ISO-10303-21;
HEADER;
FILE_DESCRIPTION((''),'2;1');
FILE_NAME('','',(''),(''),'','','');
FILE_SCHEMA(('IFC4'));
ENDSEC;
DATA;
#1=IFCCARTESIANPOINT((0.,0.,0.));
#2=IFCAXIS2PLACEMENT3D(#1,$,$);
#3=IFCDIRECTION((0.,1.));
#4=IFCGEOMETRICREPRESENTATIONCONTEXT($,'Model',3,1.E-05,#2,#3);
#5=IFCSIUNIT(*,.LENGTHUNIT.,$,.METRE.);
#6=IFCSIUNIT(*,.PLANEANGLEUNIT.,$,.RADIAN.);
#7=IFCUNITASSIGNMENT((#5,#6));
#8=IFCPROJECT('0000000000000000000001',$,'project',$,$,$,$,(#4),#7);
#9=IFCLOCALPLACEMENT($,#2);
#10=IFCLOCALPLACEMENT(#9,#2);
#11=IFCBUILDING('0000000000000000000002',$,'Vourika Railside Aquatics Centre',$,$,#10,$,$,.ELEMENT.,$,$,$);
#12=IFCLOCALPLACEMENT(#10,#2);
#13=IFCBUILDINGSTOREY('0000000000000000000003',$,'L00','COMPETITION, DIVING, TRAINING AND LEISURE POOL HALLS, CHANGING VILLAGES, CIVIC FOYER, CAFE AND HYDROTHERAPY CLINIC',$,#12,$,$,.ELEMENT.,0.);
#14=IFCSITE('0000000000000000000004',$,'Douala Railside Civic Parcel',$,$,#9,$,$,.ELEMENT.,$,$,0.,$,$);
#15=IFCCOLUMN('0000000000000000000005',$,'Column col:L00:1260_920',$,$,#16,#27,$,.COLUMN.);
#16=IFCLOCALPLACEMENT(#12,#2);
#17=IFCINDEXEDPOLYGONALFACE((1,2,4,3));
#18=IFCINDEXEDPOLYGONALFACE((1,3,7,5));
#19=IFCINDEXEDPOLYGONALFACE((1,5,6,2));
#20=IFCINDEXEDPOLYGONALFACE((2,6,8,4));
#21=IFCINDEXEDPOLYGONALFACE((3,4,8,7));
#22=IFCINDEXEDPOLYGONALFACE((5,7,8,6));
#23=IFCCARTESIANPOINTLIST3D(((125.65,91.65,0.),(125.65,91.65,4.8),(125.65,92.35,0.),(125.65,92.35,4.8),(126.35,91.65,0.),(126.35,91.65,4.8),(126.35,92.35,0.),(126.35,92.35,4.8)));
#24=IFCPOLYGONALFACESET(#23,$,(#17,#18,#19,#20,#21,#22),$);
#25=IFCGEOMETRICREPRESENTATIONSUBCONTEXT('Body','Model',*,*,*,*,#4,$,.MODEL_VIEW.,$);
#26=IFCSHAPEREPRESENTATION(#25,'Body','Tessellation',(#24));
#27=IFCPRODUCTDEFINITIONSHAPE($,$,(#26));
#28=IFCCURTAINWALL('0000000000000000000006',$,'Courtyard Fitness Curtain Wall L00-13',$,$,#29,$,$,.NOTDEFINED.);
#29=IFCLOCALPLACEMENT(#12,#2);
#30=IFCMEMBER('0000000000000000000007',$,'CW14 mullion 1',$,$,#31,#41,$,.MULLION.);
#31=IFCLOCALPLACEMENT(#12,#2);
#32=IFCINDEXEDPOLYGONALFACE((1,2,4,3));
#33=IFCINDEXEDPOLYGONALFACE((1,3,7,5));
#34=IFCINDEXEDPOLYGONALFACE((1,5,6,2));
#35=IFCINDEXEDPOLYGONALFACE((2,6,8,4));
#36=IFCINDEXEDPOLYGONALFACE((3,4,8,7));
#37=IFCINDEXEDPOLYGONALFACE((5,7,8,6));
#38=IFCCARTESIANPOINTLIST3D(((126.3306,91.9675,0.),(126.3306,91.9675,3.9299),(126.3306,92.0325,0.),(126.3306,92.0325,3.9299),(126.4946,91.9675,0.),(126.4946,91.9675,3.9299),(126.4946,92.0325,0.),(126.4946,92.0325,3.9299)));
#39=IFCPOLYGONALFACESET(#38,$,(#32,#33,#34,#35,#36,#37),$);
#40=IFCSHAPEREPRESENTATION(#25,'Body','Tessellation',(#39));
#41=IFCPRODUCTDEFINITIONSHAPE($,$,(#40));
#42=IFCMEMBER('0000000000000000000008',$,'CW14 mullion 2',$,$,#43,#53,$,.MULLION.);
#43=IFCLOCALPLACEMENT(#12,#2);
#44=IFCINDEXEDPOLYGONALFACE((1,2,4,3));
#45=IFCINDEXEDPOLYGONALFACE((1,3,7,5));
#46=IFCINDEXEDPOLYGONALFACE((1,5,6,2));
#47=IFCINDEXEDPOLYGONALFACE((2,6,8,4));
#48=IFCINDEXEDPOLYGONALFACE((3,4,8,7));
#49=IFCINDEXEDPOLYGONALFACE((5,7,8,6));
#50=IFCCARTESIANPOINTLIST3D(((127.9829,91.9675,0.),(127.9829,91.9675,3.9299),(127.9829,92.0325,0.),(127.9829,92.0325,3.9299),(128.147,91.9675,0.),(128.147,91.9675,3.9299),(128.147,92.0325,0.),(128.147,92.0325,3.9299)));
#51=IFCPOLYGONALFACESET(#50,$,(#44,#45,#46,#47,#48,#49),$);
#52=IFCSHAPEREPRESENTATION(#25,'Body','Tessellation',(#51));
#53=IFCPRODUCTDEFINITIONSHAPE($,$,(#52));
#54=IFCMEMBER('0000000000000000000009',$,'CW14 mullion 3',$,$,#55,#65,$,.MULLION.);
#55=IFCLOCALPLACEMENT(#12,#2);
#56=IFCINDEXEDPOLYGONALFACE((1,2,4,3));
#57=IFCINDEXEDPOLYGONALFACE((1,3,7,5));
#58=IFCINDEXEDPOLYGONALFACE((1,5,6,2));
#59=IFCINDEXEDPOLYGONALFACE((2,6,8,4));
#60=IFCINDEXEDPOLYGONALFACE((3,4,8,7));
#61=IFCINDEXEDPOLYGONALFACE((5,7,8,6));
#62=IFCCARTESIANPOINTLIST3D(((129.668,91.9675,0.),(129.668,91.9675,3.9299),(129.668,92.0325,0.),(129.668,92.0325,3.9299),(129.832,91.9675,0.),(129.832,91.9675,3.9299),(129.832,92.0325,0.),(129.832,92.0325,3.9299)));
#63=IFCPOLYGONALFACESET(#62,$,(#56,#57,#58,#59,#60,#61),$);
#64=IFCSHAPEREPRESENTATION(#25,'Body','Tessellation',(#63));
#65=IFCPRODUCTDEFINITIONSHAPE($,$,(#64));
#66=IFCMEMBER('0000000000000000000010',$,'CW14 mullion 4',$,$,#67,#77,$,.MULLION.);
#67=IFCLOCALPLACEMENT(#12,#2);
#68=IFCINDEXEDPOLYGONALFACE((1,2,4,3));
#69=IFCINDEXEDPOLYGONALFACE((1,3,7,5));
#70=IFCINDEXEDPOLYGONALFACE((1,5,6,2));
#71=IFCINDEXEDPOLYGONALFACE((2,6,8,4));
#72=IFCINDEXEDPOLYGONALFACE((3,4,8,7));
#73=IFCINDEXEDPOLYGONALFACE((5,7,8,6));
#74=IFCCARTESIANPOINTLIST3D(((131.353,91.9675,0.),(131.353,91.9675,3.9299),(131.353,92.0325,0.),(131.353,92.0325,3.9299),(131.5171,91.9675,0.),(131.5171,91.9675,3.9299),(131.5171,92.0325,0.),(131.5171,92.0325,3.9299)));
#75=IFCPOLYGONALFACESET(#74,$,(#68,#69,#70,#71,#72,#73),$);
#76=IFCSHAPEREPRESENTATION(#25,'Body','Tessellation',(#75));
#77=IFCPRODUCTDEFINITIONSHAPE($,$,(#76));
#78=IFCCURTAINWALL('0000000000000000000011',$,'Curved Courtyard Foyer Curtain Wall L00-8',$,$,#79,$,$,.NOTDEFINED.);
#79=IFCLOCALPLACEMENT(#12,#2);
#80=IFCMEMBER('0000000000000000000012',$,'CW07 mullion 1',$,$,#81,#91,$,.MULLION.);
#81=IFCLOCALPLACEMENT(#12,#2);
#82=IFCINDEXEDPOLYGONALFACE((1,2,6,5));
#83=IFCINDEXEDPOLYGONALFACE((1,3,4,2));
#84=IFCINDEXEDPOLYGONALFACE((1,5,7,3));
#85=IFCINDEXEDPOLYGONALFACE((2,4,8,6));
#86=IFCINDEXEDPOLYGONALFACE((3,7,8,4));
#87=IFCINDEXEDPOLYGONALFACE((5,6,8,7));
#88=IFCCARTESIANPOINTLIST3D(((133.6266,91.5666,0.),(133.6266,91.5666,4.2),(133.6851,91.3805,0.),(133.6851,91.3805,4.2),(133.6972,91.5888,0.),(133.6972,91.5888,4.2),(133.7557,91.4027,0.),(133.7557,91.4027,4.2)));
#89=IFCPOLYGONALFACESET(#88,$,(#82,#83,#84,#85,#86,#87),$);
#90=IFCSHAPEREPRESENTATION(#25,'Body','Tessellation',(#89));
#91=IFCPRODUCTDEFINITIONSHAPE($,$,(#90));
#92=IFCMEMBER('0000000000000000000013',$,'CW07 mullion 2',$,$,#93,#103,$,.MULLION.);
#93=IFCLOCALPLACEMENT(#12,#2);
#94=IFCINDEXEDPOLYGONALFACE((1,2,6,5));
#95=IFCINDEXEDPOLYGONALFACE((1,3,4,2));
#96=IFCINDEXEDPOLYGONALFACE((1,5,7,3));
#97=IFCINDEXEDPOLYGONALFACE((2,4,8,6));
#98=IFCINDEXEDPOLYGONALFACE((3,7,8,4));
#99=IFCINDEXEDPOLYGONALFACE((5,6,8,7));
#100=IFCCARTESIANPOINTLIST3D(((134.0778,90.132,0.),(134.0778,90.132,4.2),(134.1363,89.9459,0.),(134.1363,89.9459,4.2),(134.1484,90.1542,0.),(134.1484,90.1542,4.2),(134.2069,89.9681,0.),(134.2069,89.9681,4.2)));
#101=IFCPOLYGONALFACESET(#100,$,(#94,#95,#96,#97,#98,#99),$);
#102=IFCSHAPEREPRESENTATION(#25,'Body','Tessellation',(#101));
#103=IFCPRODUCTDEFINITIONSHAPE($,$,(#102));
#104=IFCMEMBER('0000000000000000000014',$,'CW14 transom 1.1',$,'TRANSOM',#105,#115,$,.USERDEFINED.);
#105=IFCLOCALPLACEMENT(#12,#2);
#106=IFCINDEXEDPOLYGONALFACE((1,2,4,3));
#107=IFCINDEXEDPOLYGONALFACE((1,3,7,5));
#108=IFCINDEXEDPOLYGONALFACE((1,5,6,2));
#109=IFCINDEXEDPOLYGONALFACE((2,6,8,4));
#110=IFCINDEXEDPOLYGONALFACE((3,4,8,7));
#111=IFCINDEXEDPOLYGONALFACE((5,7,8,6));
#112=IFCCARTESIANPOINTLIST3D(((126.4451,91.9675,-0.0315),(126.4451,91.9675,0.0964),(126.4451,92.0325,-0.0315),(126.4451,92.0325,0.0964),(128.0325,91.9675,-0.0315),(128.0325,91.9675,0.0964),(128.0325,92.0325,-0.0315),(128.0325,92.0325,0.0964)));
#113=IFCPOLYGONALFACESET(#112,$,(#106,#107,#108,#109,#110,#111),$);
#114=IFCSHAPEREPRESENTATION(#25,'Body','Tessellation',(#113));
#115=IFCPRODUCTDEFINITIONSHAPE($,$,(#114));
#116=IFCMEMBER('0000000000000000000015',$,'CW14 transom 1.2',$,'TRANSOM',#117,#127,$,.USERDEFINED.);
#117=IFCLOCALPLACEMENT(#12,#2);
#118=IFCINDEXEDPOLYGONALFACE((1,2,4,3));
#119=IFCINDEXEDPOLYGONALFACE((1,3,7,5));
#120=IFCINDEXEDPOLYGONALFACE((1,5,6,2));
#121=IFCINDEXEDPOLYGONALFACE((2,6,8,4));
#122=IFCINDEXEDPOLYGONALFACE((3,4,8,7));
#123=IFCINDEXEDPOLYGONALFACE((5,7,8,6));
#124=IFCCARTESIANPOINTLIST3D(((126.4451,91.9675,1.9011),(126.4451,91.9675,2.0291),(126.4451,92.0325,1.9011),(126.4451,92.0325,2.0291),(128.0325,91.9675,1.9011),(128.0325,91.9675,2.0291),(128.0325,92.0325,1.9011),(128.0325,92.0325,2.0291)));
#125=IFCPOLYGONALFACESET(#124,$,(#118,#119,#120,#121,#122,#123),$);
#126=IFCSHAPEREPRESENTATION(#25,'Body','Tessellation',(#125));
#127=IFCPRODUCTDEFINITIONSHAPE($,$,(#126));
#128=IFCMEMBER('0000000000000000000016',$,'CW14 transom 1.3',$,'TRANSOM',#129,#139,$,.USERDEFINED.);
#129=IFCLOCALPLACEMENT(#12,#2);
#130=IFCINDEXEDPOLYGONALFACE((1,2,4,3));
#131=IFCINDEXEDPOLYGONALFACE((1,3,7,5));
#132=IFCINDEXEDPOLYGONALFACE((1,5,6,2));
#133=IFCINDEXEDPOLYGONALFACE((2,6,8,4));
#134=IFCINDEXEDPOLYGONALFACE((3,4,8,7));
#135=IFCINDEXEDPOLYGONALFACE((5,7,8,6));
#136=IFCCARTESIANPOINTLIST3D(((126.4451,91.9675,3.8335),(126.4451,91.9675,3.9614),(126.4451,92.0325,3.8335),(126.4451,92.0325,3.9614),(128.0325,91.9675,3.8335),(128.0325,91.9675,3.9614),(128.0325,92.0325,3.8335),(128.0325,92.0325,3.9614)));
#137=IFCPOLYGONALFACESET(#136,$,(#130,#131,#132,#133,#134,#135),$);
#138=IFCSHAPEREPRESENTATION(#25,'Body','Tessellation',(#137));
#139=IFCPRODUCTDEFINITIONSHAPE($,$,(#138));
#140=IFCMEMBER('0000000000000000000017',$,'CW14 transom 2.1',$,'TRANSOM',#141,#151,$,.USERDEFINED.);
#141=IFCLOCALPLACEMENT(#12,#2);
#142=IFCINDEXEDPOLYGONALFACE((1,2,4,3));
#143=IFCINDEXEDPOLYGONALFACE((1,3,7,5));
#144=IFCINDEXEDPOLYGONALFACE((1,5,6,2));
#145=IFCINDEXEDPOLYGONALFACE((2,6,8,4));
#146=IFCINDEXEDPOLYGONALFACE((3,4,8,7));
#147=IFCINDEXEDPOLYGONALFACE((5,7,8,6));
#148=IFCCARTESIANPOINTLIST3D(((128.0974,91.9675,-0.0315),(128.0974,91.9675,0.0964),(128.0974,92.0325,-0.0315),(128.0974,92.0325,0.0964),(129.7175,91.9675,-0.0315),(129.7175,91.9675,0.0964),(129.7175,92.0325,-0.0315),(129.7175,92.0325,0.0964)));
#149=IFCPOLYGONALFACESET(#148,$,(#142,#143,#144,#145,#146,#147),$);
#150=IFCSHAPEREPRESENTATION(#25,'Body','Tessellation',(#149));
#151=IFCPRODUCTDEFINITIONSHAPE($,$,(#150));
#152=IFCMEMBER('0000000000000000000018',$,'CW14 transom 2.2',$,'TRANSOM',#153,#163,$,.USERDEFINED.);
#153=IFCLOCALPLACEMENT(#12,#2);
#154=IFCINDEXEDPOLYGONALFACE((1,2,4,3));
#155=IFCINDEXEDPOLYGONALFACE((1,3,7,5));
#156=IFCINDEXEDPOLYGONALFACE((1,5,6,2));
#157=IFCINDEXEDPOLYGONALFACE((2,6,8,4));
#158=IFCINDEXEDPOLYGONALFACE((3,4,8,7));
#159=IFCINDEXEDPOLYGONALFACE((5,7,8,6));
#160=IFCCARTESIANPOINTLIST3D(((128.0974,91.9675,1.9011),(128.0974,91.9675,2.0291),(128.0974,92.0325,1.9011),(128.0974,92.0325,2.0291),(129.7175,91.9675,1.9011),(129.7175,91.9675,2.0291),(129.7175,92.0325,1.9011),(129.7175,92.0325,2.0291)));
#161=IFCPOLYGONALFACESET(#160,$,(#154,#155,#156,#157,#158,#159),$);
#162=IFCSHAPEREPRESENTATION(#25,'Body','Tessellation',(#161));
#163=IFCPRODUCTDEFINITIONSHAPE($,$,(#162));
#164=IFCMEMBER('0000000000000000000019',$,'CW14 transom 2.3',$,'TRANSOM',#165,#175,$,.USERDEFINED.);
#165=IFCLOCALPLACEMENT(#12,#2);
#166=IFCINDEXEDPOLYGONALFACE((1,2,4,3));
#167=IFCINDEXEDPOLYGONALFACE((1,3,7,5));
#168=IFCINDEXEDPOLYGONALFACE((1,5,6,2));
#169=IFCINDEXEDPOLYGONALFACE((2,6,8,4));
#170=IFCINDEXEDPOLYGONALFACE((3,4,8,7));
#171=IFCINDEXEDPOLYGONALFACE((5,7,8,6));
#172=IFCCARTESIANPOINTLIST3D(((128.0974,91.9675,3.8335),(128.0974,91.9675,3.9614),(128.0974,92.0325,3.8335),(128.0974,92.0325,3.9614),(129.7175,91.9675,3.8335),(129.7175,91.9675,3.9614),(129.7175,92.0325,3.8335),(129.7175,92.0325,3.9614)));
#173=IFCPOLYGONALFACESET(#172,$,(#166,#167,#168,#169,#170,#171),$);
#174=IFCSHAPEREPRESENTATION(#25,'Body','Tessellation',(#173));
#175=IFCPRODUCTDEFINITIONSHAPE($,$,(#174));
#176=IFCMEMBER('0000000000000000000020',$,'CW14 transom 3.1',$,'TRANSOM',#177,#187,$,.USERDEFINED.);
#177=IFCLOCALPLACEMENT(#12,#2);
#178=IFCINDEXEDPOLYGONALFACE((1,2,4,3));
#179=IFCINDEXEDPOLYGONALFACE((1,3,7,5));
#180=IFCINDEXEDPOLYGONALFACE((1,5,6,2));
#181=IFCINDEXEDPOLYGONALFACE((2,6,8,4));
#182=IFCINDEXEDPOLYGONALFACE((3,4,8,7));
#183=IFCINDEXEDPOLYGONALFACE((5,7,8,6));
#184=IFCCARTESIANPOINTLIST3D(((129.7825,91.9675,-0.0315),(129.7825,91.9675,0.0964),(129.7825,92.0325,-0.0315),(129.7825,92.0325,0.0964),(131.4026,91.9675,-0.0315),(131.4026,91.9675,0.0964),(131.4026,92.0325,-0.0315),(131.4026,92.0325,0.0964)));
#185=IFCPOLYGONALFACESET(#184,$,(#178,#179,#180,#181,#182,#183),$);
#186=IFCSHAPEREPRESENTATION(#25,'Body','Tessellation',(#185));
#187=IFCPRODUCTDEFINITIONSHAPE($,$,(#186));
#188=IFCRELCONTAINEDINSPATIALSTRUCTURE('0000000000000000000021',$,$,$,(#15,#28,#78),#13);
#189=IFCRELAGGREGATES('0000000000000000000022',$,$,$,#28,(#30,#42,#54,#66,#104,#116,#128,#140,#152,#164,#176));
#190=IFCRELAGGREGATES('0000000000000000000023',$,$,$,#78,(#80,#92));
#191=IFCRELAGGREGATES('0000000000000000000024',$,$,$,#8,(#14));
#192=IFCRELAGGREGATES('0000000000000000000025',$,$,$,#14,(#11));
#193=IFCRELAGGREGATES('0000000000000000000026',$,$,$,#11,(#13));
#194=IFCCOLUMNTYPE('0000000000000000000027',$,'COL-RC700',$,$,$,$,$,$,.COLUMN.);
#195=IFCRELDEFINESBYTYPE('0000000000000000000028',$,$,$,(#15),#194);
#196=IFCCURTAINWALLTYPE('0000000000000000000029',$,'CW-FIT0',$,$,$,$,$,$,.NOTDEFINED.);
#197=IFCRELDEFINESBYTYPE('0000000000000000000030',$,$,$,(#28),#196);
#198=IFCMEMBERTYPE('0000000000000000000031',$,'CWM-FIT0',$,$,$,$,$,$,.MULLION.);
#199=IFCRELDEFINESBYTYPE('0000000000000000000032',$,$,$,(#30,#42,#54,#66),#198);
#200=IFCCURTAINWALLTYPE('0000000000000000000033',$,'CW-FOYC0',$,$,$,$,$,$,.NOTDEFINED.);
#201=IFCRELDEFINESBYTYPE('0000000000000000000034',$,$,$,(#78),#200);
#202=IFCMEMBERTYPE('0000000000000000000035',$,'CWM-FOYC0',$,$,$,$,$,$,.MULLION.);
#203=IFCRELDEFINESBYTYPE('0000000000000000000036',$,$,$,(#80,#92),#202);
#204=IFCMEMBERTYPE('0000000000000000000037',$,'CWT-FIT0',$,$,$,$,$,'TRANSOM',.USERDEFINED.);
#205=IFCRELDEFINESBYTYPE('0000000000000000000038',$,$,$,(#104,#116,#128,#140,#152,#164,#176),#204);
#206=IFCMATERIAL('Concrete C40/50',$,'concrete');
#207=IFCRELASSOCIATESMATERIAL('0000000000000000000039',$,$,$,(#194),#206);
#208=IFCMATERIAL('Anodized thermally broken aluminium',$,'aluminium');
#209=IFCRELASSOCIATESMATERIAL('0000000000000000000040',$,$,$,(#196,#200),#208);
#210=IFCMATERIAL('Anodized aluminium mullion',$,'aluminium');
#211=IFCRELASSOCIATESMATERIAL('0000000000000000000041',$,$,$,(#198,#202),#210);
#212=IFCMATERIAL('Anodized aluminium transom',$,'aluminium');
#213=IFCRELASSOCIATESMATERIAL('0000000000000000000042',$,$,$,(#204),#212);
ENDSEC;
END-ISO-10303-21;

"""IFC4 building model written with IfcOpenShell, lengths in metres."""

from ifc_helpers import new_model, si_unit, direction, frame, origin, origin_2d, place, context, subcontext, project, spatial, rectangle, extrude, material, material_profile, profile_set, type_object, element, aggregate, save


model = new_model("IFC4")

# Units and contexts
model_context = context("Model", 3, precision=1e-05, world=origin(), true_north=direction((0.0, 1.0)))
body_context = subcontext(model_context, "Body", "Model", "MODEL_VIEW")
ifc_project = project(units=[si_unit("LENGTHUNIT", "METRE"), si_unit("PLANEANGLEUNIT", "RADIAN")], contexts=[model_context])

# Site, building, storey
site_placement = place(None, origin())
site = spatial("IfcSite", under=ifc_project, at=site_placement, Name="Douala Railside Civic Parcel", CompositionType="ELEMENT", RefElevation=0.0)
building_placement = place(site_placement, origin())
building = spatial("IfcBuilding", under=site, at=building_placement, Name="Vourika Railside Aquatics Centre", CompositionType="ELEMENT")
storey_placement = place(building_placement, origin())
storey = spatial("IfcBuildingStorey", under=building, at=storey_placement, Name="L00", Description="COMPETITION, DIVING, TRAINING AND LEISURE POOL HALLS, CHANGING VILLAGES, CIVIC FOYER, CAFE AND HYDROTHERAPY CLINIC", CompositionType="ELEMENT", Elevation=0.0)

# Column
ifc_material_1 = material(Name="Concrete C40/50", Category="concrete")
ifc_material_profile_1 = material_profile(ifc_material_1, rectangle(XDim=0.7, YDim=0.7, at=origin_2d()), Name="RC 700x700")
ifc_profile_set_1 = profile_set([ifc_material_profile_1], Name="Concrete C40/50")
column_type = type_object("IfcColumnType", Name="COL-RC700", PredefinedType="COLUMN", material=ifc_profile_set_1)
column_placement = place(storey_placement, frame((126.0, 92.0, 0.0), z_axis=(0.0, 0.0, 1.0), x_axis=(1.0, 0.0, 0.0)))
element("IfcColumn", 1, at=column_placement, inside=storey, type_object=column_type, Name="Column col:L00:1260_920", PredefinedType="COLUMN", context=body_context, shape_type="SweptSolid", body=[
    extrude(rectangle(XDim=0.7, YDim=0.7, at=origin_2d()), origin(), (0.0, 0.0, 1.0), 4.8),
])

# Curtain walls, members
ifc_material_2 = material(Name="Anodized thermally broken aluminium", Category="aluminium")
curtain_wall_type_1 = type_object("IfcCurtainWallType", Name="CW-FIT0", PredefinedType="NOTDEFINED", material=ifc_material_2)
curtain_wall_1_placement = place(storey_placement, origin())
curtain_wall_1 = element("IfcCurtainWall", 2, at=curtain_wall_1_placement, inside=storey, type_object=curtain_wall_type_1, Name="Courtyard Fitness Curtain Wall L00-13", PredefinedType="NOTDEFINED")
ifc_material_3 = material(Name="Anodized aluminium mullion", Category="aluminium")
ifc_material_profile_2 = material_profile(ifc_material_3, rectangle(XDim=0.0649, YDim=0.1641, at=origin_2d()), Name="ALU-M 65x164")
ifc_profile_set_2 = profile_set([ifc_material_profile_2], Name="Anodized aluminium mullion")
member_type_1 = type_object("IfcMemberType", Name="CWM-FIT0", PredefinedType="MULLION", material=ifc_profile_set_2)
member_1_placement = place(storey_placement, frame((126.4126, 92.0, 0.0), z_axis=(0.0, 0.0, 1.0), x_axis=(0.0, 1.0, 0.0)))
member_1 = element("IfcMember", 3, at=member_1_placement, type_object=member_type_1, Name="CW14 mullion 1", PredefinedType="MULLION", context=body_context, shape_type="SweptSolid", body=[
    extrude(rectangle(XDim=0.0649, YDim=0.1641, at=origin_2d()), origin(), (0.0, 0.0, 1.0), 3.9299),
])
member_2_placement = place(storey_placement, frame((128.0649, 92.0, 0.0), z_axis=(0.0, 0.0, 1.0), x_axis=(0.0, 1.0, 0.0)))
member_2 = element("IfcMember", 4, at=member_2_placement, type_object=member_type_1, Name="CW14 mullion 2", PredefinedType="MULLION", context=body_context, shape_type="SweptSolid", body=[
    extrude(rectangle(XDim=0.0649, YDim=0.1641, at=origin_2d()), origin(), (0.0, 0.0, 1.0), 3.9299),
])
member_3_placement = place(storey_placement, frame((129.75, 92.0, 0.0), z_axis=(0.0, 0.0, 1.0), x_axis=(0.0, 1.0, 0.0)))
member_3 = element("IfcMember", 5, at=member_3_placement, type_object=member_type_1, Name="CW14 mullion 3", PredefinedType="MULLION", context=body_context, shape_type="SweptSolid", body=[
    extrude(rectangle(XDim=0.0649, YDim=0.1641, at=origin_2d()), origin(), (0.0, 0.0, 1.0), 3.9299),
])
member_4_placement = place(storey_placement, frame((131.4351, 92.0, 0.0), z_axis=(0.0, 0.0, 1.0), x_axis=(0.0, 1.0, 0.0)))
member_4 = element("IfcMember", 6, at=member_4_placement, type_object=member_type_1, Name="CW14 mullion 4", PredefinedType="MULLION", context=body_context, shape_type="SweptSolid", body=[
    extrude(rectangle(XDim=0.0649, YDim=0.1641, at=origin_2d()), origin(), (0.0, 0.0, 1.0), 3.9299),
])
curtain_wall_type_2 = type_object("IfcCurtainWallType", Name="CW-FOYC0", PredefinedType="NOTDEFINED", material=ifc_material_2)
curtain_wall_2_placement = place(storey_placement, origin())
curtain_wall_2 = element("IfcCurtainWall", 7, at=curtain_wall_2_placement, inside=storey, type_object=curtain_wall_type_2, Name="Curved Courtyard Foyer Curtain Wall L00-8", PredefinedType="NOTDEFINED")
ifc_material_profile_3 = material_profile(ifc_material_3, rectangle(XDim=0.074, YDim=0.1951, at=origin_2d()), Name="ALU-M 74x195")
ifc_profile_set_3 = profile_set([ifc_material_profile_3], Name="Anodized aluminium mullion")
member_type_2 = type_object("IfcMemberType", Name="CWM-FOYC0", PredefinedType="MULLION", material=ifc_profile_set_3)
member_5_placement = place(storey_placement, frame((133.6912, 91.4846, 0.0), z_axis=(0.0, 0.0, 1.0), x_axis=(0.953947, 0.299974, 0.0)))
member_5 = element("IfcMember", 8, at=member_5_placement, type_object=member_type_2, Name="CW07 mullion 1", PredefinedType="MULLION", context=body_context, shape_type="SweptSolid", body=[
    extrude(rectangle(XDim=0.074, YDim=0.1951, at=origin_2d()), origin(), (0.0, 0.0, 1.0), 4.2),
])
member_6_placement = place(storey_placement, frame((134.1423, 90.05, 0.0), z_axis=(0.0, 0.0, 1.0), x_axis=(0.953947, 0.299974, 0.0)))
member_6 = element("IfcMember", 9, at=member_6_placement, type_object=member_type_2, Name="CW07 mullion 2", PredefinedType="MULLION", context=body_context, shape_type="SweptSolid", body=[
    extrude(rectangle(XDim=0.074, YDim=0.1951, at=origin_2d()), origin(), (0.0, 0.0, 1.0), 4.2),
])

# Members
ifc_material_4 = material(Name="Anodized aluminium transom", Category="aluminium")
ifc_material_profile_4 = material_profile(ifc_material_4, rectangle(XDim=0.0649, YDim=0.1279, at=origin_2d()), Name="ALU-T 65x128")
ifc_profile_set_4 = profile_set([ifc_material_profile_4], Name="Anodized aluminium transom")
member_type_3 = type_object("IfcMemberType", Name="CWT-FIT0", ElementType="TRANSOM", PredefinedType="USERDEFINED", material=ifc_profile_set_4)
member_7_placement = place(storey_placement, frame((126.4451, 92.0, 0.0325), z_axis=(1.0, 0.0, 0.0), x_axis=(0.0, 1.0, 0.0)))
member_7 = element("IfcMember", 10, at=member_7_placement, type_object=member_type_3, Name="CW14 transom 1.1", ObjectType="TRANSOM", PredefinedType="USERDEFINED", context=body_context, shape_type="SweptSolid", body=[
    extrude(rectangle(XDim=0.0649, YDim=0.1279, at=origin_2d()), origin(), (0.0, 0.0, 1.0), 1.5874),
])
member_8_placement = place(storey_placement, frame((126.4451, 92.0, 1.9651), z_axis=(1.0, 0.0, 0.0), x_axis=(0.0, 1.0, 0.0)))
member_8 = element("IfcMember", 11, at=member_8_placement, type_object=member_type_3, Name="CW14 transom 1.2", ObjectType="TRANSOM", PredefinedType="USERDEFINED", context=body_context, shape_type="SweptSolid", body=[
    extrude(rectangle(XDim=0.0649, YDim=0.1279, at=origin_2d()), origin(), (0.0, 0.0, 1.0), 1.5874),
])
member_9_placement = place(storey_placement, frame((126.4451, 92.0, 3.8975), z_axis=(1.0, 0.0, 0.0), x_axis=(0.0, 1.0, 0.0)))
member_9 = element("IfcMember", 12, at=member_9_placement, type_object=member_type_3, Name="CW14 transom 1.3", ObjectType="TRANSOM", PredefinedType="USERDEFINED", context=body_context, shape_type="SweptSolid", body=[
    extrude(rectangle(XDim=0.0649, YDim=0.1279, at=origin_2d()), origin(), (0.0, 0.0, 1.0), 1.5874),
])
member_10_placement = place(storey_placement, frame((128.0974, 92.0, 0.0325), z_axis=(1.0, 0.0, 0.0), x_axis=(0.0, 1.0, 0.0)))
member_10 = element("IfcMember", 13, at=member_10_placement, type_object=member_type_3, Name="CW14 transom 2.1", ObjectType="TRANSOM", PredefinedType="USERDEFINED", context=body_context, shape_type="SweptSolid", body=[
    extrude(rectangle(XDim=0.0649, YDim=0.1279, at=origin_2d()), origin(), (0.0, 0.0, 1.0), 1.6201),
])
member_11_placement = place(storey_placement, frame((128.0974, 92.0, 1.9651), z_axis=(1.0, 0.0, 0.0), x_axis=(0.0, 1.0, 0.0)))
member_11 = element("IfcMember", 14, at=member_11_placement, type_object=member_type_3, Name="CW14 transom 2.2", ObjectType="TRANSOM", PredefinedType="USERDEFINED", context=body_context, shape_type="SweptSolid", body=[
    extrude(rectangle(XDim=0.0649, YDim=0.1279, at=origin_2d()), origin(), (0.0, 0.0, 1.0), 1.6201),
])
member_12_placement = place(storey_placement, frame((128.0974, 92.0, 3.8975), z_axis=(1.0, 0.0, 0.0), x_axis=(0.0, 1.0, 0.0)))
member_12 = element("IfcMember", 15, at=member_12_placement, type_object=member_type_3, Name="CW14 transom 2.3", ObjectType="TRANSOM", PredefinedType="USERDEFINED", context=body_context, shape_type="SweptSolid", body=[
    extrude(rectangle(XDim=0.0649, YDim=0.1279, at=origin_2d()), origin(), (0.0, 0.0, 1.0), 1.6201),
])
member_13_placement = place(storey_placement, frame((129.7825, 92.0, 0.0325), z_axis=(1.0, 0.0, 0.0), x_axis=(0.0, 1.0, 0.0)))
member_13 = element("IfcMember", 16, at=member_13_placement, type_object=member_type_3, Name="CW14 transom 3.1", ObjectType="TRANSOM", PredefinedType="USERDEFINED", context=body_context, shape_type="SweptSolid", body=[
    extrude(rectangle(XDim=0.0649, YDim=0.1279, at=origin_2d()), origin(), (0.0, 0.0, 1.0), 1.6201),
])

aggregate(curtain_wall_1, [member_1, member_2, member_3, member_4, member_7, member_8, member_9, member_10, member_11, member_12, member_13])
aggregate(curtain_wall_2, [member_5, member_6])

save(model, "model.ifc")
